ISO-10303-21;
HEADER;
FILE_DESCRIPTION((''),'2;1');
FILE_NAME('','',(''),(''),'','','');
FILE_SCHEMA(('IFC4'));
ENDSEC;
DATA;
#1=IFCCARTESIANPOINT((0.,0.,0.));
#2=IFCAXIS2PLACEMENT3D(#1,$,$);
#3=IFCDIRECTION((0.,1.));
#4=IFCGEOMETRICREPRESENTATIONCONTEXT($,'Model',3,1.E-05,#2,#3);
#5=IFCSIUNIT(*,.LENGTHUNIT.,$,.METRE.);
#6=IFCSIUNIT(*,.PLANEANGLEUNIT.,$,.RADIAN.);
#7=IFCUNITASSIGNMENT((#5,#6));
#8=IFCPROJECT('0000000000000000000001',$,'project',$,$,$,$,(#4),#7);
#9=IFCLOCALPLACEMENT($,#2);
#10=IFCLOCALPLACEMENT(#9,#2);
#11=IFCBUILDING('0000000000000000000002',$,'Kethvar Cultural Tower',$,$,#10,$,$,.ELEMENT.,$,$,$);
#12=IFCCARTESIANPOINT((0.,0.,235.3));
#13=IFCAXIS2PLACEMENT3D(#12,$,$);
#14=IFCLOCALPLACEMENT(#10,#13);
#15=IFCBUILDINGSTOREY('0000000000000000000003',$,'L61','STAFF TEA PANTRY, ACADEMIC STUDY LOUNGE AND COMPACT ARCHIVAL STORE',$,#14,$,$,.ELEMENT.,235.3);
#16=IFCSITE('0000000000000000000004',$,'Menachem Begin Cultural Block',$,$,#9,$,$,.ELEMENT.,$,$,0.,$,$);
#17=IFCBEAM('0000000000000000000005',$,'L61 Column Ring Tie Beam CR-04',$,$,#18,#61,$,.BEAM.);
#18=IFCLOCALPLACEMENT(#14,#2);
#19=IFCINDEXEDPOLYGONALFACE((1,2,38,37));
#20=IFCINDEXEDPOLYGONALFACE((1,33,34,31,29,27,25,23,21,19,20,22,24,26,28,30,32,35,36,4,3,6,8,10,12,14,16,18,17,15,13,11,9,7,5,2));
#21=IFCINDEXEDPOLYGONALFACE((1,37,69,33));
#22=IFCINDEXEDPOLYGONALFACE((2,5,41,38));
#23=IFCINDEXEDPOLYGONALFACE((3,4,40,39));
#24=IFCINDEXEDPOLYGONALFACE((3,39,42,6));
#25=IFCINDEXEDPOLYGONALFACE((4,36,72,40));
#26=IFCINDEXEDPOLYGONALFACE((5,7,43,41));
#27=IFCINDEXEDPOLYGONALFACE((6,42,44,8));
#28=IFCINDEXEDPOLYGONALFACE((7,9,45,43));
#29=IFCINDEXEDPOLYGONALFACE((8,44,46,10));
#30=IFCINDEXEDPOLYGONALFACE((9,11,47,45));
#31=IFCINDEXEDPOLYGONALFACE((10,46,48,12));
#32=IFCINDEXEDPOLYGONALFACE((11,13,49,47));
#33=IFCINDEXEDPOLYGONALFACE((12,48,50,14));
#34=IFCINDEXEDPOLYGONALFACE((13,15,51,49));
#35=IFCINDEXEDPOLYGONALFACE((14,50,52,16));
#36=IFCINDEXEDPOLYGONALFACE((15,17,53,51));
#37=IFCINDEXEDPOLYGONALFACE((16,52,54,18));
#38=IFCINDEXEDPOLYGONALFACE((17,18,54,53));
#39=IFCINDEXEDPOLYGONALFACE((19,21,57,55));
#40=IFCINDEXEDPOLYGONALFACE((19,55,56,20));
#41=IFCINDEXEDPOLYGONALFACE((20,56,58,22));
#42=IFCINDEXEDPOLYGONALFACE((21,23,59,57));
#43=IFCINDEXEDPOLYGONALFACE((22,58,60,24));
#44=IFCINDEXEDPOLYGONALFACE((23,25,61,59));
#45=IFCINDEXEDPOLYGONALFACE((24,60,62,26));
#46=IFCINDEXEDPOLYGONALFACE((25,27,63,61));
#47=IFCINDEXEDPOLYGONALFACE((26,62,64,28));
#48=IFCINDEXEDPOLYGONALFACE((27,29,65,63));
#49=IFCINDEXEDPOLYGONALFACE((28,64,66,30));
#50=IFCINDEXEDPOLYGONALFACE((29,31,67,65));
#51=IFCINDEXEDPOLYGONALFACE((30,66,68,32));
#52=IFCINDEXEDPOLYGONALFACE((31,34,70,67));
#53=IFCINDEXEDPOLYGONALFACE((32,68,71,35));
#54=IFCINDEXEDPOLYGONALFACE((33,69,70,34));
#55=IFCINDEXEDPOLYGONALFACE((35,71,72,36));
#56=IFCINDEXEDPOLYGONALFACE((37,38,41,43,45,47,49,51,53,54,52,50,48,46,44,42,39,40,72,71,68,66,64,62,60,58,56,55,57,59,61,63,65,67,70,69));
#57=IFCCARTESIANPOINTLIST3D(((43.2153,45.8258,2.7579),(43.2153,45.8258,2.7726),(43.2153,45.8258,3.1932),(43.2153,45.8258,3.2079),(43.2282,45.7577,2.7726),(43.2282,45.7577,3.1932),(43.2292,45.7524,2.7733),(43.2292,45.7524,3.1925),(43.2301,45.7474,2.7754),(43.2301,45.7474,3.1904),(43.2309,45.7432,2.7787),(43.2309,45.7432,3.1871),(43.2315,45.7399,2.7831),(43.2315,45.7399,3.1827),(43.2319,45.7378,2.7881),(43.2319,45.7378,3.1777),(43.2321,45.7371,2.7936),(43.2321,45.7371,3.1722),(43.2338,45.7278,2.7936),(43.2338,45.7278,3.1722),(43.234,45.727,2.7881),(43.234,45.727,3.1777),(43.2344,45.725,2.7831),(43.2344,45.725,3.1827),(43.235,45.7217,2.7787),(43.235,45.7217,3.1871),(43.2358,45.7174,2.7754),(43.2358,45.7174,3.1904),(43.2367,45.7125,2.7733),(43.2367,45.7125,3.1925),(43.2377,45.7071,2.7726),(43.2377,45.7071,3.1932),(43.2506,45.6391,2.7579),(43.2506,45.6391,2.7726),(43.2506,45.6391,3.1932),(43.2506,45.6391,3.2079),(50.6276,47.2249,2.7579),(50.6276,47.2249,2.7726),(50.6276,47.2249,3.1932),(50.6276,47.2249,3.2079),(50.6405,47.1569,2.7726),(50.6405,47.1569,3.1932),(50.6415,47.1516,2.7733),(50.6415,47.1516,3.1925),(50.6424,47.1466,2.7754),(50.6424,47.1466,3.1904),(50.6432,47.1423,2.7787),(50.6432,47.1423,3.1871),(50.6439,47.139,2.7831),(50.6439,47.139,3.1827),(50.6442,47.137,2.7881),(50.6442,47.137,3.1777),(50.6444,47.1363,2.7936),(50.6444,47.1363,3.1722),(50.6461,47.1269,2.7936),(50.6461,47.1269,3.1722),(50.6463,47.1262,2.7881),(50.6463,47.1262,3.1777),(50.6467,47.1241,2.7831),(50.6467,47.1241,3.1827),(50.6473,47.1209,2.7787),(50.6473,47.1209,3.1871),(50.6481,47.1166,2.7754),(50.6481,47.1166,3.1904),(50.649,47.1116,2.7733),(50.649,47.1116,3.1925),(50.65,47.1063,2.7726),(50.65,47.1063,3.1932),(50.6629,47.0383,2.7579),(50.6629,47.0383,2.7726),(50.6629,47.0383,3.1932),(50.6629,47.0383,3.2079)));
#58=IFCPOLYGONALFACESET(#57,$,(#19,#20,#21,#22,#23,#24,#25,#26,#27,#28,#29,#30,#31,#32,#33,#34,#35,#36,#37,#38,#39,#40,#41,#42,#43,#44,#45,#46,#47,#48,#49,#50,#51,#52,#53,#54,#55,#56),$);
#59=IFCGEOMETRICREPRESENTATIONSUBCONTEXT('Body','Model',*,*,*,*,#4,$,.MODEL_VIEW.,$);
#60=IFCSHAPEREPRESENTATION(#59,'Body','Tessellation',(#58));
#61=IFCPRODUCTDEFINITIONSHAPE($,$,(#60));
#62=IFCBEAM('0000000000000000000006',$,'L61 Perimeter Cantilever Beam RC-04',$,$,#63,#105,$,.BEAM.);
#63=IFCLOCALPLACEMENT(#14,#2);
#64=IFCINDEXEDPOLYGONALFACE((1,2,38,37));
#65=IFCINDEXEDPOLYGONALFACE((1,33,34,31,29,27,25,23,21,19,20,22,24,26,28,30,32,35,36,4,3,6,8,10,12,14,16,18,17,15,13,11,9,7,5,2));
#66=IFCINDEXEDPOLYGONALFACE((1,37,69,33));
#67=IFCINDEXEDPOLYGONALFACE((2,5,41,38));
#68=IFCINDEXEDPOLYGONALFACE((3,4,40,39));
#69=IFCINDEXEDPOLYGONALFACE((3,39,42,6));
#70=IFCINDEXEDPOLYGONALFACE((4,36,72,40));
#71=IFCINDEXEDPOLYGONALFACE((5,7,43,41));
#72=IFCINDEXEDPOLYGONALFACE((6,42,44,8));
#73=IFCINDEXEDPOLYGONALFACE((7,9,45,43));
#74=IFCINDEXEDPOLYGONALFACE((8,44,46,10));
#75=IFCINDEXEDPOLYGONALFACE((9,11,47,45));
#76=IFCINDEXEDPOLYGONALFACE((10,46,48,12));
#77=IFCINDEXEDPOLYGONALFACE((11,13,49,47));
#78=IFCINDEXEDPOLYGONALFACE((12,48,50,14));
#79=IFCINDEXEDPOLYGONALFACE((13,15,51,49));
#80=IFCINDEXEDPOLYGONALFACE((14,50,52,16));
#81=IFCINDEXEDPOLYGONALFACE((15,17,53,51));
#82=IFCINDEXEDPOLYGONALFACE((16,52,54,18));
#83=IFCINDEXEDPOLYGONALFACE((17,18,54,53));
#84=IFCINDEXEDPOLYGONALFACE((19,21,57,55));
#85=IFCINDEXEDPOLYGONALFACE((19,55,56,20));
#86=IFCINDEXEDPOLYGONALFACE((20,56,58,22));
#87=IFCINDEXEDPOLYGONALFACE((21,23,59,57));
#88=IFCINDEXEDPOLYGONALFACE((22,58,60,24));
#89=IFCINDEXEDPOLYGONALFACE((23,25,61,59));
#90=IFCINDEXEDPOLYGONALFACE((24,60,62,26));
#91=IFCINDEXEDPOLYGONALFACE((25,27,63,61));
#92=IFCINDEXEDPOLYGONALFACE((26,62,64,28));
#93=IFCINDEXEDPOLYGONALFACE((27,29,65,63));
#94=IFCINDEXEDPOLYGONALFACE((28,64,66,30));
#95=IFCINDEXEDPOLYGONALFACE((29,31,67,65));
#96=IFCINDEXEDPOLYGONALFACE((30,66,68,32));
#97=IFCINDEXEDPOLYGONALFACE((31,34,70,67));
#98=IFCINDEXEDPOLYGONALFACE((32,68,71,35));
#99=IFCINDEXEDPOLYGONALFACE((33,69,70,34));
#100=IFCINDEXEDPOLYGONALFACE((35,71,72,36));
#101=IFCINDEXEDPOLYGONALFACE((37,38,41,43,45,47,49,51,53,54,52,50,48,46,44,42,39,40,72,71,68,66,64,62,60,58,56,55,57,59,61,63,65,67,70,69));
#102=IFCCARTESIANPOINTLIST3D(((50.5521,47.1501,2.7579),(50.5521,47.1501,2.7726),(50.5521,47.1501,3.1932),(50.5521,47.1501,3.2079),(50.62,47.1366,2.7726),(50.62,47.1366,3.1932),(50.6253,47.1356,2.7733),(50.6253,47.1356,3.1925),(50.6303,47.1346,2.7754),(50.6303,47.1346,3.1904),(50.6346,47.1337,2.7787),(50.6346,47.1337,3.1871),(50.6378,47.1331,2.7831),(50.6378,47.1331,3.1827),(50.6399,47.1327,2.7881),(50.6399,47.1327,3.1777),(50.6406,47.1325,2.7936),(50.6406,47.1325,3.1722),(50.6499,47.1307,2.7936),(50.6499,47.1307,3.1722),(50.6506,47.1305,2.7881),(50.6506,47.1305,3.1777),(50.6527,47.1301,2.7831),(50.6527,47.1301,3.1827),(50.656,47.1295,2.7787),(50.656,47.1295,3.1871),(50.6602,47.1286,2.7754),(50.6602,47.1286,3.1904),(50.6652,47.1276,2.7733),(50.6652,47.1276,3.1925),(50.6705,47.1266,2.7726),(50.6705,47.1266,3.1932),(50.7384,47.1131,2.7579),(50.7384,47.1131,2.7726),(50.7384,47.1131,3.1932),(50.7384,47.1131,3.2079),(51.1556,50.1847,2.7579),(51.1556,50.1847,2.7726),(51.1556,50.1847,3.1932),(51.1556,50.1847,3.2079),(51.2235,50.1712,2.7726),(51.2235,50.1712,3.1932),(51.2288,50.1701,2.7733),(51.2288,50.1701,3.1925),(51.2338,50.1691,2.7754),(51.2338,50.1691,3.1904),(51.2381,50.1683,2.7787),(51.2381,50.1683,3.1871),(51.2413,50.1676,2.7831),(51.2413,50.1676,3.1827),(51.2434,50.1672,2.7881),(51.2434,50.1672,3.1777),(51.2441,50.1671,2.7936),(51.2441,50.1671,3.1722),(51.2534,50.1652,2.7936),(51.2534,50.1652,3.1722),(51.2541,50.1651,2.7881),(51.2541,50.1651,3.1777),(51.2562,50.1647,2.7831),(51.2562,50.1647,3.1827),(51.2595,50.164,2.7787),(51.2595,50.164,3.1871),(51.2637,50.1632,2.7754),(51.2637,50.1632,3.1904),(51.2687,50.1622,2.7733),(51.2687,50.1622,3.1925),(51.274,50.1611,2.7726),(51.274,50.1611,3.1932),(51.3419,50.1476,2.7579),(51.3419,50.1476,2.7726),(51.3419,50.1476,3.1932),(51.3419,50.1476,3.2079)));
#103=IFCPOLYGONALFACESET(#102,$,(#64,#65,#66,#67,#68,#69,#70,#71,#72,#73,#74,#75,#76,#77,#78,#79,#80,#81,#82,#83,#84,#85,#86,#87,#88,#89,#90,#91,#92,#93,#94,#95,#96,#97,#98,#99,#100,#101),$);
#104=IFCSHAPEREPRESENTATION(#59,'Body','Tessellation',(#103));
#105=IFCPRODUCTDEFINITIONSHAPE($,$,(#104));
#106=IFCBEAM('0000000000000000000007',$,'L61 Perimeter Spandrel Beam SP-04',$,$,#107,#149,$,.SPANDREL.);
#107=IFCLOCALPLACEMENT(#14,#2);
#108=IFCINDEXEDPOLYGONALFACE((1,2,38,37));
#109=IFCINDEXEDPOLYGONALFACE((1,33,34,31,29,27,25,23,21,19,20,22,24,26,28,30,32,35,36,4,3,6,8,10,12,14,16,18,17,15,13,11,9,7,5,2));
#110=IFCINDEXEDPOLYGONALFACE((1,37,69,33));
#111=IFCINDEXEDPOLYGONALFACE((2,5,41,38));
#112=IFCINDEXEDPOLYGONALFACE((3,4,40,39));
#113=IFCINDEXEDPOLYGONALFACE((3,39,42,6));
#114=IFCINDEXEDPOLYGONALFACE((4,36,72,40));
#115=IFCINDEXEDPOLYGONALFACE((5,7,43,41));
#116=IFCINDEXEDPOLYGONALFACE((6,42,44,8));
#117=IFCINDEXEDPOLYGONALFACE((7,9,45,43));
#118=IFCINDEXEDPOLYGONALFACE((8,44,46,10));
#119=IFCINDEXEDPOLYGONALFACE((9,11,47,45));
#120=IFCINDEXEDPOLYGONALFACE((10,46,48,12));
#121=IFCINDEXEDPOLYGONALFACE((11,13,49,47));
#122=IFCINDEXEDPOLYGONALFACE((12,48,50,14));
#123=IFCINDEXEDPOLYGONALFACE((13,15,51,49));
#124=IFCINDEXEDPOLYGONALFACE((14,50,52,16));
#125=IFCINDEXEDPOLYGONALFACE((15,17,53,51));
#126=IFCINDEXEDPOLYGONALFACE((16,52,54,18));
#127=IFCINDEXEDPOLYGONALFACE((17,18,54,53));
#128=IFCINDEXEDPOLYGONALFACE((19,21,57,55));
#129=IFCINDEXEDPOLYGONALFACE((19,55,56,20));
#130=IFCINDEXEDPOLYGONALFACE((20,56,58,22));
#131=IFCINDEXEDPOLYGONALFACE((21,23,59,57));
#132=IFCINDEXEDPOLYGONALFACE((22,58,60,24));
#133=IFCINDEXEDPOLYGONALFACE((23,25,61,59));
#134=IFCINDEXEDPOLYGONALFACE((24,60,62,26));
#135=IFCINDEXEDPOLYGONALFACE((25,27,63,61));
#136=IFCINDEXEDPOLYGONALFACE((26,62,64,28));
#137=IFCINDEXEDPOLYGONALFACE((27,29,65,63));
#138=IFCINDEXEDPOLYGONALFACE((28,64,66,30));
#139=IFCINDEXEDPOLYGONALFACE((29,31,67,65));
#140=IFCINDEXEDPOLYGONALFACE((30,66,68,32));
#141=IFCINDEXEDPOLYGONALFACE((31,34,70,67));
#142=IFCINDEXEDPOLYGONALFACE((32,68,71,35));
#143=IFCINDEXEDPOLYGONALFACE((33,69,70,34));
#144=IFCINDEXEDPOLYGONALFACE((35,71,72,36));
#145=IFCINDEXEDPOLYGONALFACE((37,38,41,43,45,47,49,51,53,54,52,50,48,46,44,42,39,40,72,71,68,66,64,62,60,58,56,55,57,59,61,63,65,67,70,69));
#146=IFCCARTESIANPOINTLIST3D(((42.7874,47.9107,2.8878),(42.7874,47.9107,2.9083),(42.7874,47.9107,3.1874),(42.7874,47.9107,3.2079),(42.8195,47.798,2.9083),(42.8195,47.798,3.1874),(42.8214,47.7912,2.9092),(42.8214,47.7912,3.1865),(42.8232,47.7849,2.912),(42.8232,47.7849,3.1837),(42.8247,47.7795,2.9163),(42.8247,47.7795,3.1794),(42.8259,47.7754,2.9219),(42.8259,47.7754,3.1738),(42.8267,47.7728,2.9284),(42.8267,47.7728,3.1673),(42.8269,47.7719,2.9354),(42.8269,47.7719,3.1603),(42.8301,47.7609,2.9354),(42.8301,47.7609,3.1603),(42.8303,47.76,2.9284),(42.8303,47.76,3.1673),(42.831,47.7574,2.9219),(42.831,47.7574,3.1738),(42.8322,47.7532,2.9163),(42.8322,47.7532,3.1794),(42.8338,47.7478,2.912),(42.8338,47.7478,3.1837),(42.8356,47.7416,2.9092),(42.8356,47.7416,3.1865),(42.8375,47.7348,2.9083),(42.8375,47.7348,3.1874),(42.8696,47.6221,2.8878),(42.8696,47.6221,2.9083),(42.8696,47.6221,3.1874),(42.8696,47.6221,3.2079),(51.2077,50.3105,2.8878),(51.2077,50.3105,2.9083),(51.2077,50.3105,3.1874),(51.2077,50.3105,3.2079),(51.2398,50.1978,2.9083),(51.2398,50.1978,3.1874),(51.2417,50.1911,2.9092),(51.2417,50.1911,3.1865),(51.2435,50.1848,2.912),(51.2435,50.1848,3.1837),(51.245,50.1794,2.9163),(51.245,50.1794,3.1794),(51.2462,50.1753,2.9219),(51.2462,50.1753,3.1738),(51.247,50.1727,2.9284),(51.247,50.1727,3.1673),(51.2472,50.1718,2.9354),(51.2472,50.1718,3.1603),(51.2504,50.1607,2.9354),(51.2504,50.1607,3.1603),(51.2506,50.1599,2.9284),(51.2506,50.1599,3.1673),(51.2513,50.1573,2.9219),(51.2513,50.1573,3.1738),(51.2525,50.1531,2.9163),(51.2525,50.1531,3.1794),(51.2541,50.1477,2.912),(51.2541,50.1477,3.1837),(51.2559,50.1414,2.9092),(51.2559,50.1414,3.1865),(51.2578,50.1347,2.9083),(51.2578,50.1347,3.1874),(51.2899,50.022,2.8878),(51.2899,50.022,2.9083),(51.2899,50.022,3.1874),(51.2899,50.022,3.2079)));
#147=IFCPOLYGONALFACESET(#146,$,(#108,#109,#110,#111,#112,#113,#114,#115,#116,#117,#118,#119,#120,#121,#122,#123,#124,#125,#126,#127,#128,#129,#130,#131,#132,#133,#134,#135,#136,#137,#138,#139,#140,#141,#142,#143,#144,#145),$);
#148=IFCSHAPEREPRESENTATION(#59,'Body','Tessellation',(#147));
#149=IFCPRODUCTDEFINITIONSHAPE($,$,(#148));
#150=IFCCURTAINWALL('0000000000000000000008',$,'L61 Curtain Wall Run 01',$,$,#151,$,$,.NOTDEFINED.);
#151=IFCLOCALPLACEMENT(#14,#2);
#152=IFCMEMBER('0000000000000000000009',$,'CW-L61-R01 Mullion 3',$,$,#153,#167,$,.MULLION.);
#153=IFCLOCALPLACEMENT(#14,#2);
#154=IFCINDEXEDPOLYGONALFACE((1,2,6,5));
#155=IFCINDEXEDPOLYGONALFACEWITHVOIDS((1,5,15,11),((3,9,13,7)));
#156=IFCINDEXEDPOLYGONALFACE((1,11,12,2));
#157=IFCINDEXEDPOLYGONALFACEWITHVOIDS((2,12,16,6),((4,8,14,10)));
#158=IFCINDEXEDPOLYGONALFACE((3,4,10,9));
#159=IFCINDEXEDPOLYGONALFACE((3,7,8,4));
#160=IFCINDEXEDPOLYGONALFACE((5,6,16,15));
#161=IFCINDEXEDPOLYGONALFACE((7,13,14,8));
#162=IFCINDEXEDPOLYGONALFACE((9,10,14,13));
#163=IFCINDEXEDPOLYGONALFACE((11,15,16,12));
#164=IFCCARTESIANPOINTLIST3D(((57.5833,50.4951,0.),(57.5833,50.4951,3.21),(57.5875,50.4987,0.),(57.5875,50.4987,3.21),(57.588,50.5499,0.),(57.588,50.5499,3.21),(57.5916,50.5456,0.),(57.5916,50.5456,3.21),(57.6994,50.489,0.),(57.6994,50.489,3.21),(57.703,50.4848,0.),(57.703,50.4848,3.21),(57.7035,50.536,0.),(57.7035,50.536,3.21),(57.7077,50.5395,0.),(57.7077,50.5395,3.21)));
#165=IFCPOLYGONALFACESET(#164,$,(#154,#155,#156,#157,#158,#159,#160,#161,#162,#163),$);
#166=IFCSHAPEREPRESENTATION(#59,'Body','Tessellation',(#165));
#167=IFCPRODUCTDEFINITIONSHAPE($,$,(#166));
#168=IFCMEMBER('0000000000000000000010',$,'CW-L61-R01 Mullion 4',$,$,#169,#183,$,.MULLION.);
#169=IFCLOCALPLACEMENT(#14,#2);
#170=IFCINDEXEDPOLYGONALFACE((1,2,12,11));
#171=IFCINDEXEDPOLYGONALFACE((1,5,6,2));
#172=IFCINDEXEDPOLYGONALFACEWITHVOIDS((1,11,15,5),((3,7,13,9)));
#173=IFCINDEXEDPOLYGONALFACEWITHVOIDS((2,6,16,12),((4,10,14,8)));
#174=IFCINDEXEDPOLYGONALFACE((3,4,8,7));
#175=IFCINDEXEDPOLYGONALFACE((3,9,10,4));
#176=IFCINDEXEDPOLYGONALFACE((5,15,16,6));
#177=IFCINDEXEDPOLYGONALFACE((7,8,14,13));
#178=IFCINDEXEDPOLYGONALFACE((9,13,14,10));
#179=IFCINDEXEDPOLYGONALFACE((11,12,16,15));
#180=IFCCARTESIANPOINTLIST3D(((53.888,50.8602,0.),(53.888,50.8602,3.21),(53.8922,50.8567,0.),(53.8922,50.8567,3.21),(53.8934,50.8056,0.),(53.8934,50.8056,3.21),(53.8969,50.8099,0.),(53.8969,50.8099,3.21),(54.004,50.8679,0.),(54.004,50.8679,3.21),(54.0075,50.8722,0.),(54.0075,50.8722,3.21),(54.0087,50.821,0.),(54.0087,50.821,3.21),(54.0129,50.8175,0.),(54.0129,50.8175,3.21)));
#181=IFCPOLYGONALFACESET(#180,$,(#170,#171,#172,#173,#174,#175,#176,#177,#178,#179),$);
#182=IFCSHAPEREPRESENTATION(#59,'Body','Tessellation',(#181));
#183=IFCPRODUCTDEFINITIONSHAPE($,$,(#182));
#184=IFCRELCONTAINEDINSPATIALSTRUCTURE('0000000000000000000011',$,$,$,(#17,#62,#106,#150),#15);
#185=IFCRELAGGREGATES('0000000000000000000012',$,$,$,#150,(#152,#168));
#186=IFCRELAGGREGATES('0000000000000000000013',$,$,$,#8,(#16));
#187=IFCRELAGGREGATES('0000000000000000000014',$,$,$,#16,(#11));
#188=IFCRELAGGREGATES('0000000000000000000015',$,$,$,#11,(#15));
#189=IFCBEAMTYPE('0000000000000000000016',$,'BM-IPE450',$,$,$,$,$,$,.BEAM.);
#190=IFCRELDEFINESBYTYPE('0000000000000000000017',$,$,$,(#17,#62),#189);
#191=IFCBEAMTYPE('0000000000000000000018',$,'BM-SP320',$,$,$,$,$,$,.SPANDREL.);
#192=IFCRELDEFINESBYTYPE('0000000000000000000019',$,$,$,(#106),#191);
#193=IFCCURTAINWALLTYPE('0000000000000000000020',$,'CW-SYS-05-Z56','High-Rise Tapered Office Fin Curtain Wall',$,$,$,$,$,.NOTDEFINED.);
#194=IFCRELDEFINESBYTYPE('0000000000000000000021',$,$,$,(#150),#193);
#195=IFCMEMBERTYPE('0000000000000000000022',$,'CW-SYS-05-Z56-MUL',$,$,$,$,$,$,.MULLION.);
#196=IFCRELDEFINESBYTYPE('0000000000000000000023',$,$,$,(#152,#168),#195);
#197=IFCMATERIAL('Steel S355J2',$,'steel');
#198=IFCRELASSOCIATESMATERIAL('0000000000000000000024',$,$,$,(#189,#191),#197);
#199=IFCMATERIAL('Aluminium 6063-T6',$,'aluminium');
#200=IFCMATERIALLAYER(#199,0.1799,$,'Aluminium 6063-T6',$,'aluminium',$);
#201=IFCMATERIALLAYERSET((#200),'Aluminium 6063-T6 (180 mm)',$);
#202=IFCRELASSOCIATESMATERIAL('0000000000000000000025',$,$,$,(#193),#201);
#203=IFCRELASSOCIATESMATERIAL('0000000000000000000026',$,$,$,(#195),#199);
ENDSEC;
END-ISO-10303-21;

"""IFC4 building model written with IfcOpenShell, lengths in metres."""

from ifc_helpers import new_model, si_unit, direction, frame, origin, origin_2d, place, context, subcontext, project, spatial, hollow_rectangle, i_section, extrude, source, transform, mapped, material, layer, layer_set, material_profile, profile_set, type_object, element, aggregate, save


model = new_model("IFC4")

# Units and contexts
model_context = context("Model", 3, precision=1e-05, world=origin(), true_north=direction((0.0, 1.0)))
body_context = subcontext(model_context, "Body", "Model", "MODEL_VIEW")
ifc_project = project(units=[si_unit("LENGTHUNIT", "METRE"), si_unit("PLANEANGLEUNIT", "RADIAN")], contexts=[model_context])

# Site, building, storey
site_placement = place(None, origin())
site = spatial("IfcSite", under=ifc_project, at=site_placement, Name="Menachem Begin Cultural Block", CompositionType="ELEMENT", RefElevation=0.0)
building_placement = place(site_placement, origin())
building = spatial("IfcBuilding", under=site, at=building_placement, Name="Kethvar Cultural Tower", CompositionType="ELEMENT")
storey_placement = place(building_placement, frame((0.0, 0.0, 235.3)))
storey = spatial("IfcBuildingStorey", under=building, at=storey_placement, Name="L61", Description="STAFF TEA PANTRY, ACADEMIC STUDY LOUNGE AND COMPACT ARCHIVAL STORE", CompositionType="ELEMENT", Elevation=235.3)

# Beams
ifc_material_1 = material(Name="Steel S355J2", Category="steel")
ifc_material_profile_1 = material_profile(ifc_material_1, i_section(OverallWidth=0.1899, OverallDepth=0.45, WebThickness=0.0095, FlangeThickness=0.0146, FilletRadius=0.021, at=origin_2d()), Name="Steel S355J2 — IPE450")
ifc_profile_set_1 = profile_set([ifc_material_profile_1], Name="Steel S355J2 — IPE450")
beam_type_1 = type_object("IfcBeamType", Name="BM-IPE450", PredefinedType="BEAM", material=ifc_profile_set_1)
shared_shape_1 = source(origin(), body_context, "Body", "SweptSolid", [
    extrude(i_section(OverallWidth=0.1899, OverallDepth=0.45, WebThickness=0.0095, FlangeThickness=0.0146, FilletRadius=0.021, at=origin_2d()), origin(), (0.0, 0.0, 1.0), 7.5432),
])
beam_1_placement = place(storey_placement, frame((50.6453, 47.1316, 2.9829), z_axis=(-0.982647, -0.185486, 0.0), x_axis=(0.185486, -0.982647, 0.0)))
element("IfcBeam", 1, at=beam_1_placement, inside=storey, type_object=beam_type_1, Name="L61 Column Ring Tie Beam CR-04", PredefinedType="BEAM", context=body_context, shape_type="MappedRepresentation", body=[
    mapped(shared_shape_1, transform((0.0, 0.0, 0.0), scale=1.0)),
])
shared_shape_2 = source(origin(), body_context, "Body", "SweptSolid", [
    extrude(i_section(OverallWidth=0.1899, OverallDepth=0.45, WebThickness=0.0095, FlangeThickness=0.0146, FilletRadius=0.021, at=origin_2d()), origin(), (0.0, 0.0, 1.0), 3.094),
])
beam_2_placement = place(storey_placement, frame((50.6453, 47.1316, 2.9829), z_axis=(0.195054, 0.980793, 0.0), x_axis=(-0.980793, 0.195054, 0.0)))
element("IfcBeam", 2, at=beam_2_placement, inside=storey, type_object=beam_type_1, Name="L61 Perimeter Cantilever Beam RC-04", PredefinedType="BEAM", context=body_context, shape_type="MappedRepresentation", body=[
    mapped(shared_shape_2, transform((0.0, 0.0, 0.0), scale=1.0)),
])
ifc_material_profile_2 = material_profile(ifc_material_1, i_section(OverallWidth=0.3, OverallDepth=0.3201, WebThickness=0.0115, FlangeThickness=0.0205, FilletRadius=0.0271, at=origin_2d()), Name="Steel S355J2 — HEB320")
ifc_profile_set_2 = profile_set([ifc_material_profile_2], Name="Steel S355J2 — HEB320")
beam_type_2 = type_object("IfcBeamType", Name="BM-SP320", PredefinedType="SPANDREL", material=ifc_profile_set_2)
shared_shape_3 = source(origin(), body_context, "Body", "SweptSolid", [
    extrude(i_section(OverallWidth=0.3, OverallDepth=0.3201, WebThickness=0.0115, FlangeThickness=0.0205, FilletRadius=0.0271, at=origin_2d()), origin(), (0.0, 0.0, 1.0), 8.7556),
])
beam_3_placement = place(storey_placement, frame((51.2488, 50.1663, 3.0479), z_axis=(-0.961703, -0.274095, 0.0), x_axis=(0.274095, -0.961703, 0.0)))
element("IfcBeam", 3, at=beam_3_placement, inside=storey, type_object=beam_type_2, Name="L61 Perimeter Spandrel Beam SP-04", PredefinedType="SPANDREL", context=body_context, shape_type="MappedRepresentation", body=[
    mapped(shared_shape_3, transform((0.0, 0.0, 0.0), scale=1.0)),
])

# Curtain wall, members
ifc_material_2 = material(Name="Aluminium 6063-T6", Category="aluminium")
ifc_layer_1 = layer(ifc_material_2, 0.1799, Name="Aluminium 6063-T6", Category="aluminium")
ifc_layer_set_1 = layer_set([ifc_layer_1], Name="Aluminium 6063-T6 (180 mm)")
curtain_wall_type = type_object("IfcCurtainWallType", Name="CW-SYS-05-Z56", Description="High-Rise Tapered Office Fin Curtain Wall", PredefinedType="NOTDEFINED", material=ifc_layer_set_1)
curtain_wall_placement = place(storey_placement, origin())
curtain_wall = element("IfcCurtainWall", 4, at=curtain_wall_placement, inside=storey, type_object=curtain_wall_type, Name="L61 Curtain Wall Run 01", PredefinedType="NOTDEFINED")
ifc_material_profile_3 = material_profile(ifc_material_2, hollow_rectangle(XDim=0.0549, YDim=0.1201, WallThickness=0.0039, at=origin_2d()), Name="Aluminium 6063-T6 — RHS120x55x4")
ifc_profile_set_3 = profile_set([ifc_material_profile_3], Name="Aluminium 6063-T6 — RHS120x55x4")
member_type_1 = type_object("IfcMemberType", Name="CW-SYS-05-Z56-MUL", PredefinedType="MULLION", material=ifc_profile_set_3)
shared_shape_4 = source(origin(), body_context, "Body", "SweptSolid", [
    extrude(hollow_rectangle(XDim=0.0549, YDim=0.1201, WallThickness=0.0039, at=origin_2d()), origin(), (0.0, 0.0, 1.0), 3.21),
])
member_1_placement = place(storey_placement, frame((57.6455, 50.5173, 0.0), z_axis=(0.0, 0.0, 1.0), x_axis=(-0.086199, -0.996278, 0.0)))
member_1 = element("IfcMember", 5, at=member_1_placement, type_object=member_type_1, Name="CW-L61-R01 Mullion 3", PredefinedType="MULLION", context=body_context, shape_type="MappedRepresentation", body=[
    mapped(shared_shape_4, transform((0.0, 0.0, 0.0), scale=1.0)),
])
member_2_placement = place(storey_placement, frame((53.9504, 50.8389, 0.0), z_axis=(0.0, 0.0, 1.0), x_axis=(0.099181, -0.995069, 0.0)))
member_2 = element("IfcMember", 6, at=member_2_placement, type_object=member_type_1, Name="CW-L61-R01 Mullion 4", PredefinedType="MULLION", context=body_context, shape_type="MappedRepresentation", body=[
    mapped(shared_shape_4, transform((0.0, 0.0, 0.0), scale=1.0)),
])
aggregate(curtain_wall, [member_1, member_2])

save(model, "model.ifc")
